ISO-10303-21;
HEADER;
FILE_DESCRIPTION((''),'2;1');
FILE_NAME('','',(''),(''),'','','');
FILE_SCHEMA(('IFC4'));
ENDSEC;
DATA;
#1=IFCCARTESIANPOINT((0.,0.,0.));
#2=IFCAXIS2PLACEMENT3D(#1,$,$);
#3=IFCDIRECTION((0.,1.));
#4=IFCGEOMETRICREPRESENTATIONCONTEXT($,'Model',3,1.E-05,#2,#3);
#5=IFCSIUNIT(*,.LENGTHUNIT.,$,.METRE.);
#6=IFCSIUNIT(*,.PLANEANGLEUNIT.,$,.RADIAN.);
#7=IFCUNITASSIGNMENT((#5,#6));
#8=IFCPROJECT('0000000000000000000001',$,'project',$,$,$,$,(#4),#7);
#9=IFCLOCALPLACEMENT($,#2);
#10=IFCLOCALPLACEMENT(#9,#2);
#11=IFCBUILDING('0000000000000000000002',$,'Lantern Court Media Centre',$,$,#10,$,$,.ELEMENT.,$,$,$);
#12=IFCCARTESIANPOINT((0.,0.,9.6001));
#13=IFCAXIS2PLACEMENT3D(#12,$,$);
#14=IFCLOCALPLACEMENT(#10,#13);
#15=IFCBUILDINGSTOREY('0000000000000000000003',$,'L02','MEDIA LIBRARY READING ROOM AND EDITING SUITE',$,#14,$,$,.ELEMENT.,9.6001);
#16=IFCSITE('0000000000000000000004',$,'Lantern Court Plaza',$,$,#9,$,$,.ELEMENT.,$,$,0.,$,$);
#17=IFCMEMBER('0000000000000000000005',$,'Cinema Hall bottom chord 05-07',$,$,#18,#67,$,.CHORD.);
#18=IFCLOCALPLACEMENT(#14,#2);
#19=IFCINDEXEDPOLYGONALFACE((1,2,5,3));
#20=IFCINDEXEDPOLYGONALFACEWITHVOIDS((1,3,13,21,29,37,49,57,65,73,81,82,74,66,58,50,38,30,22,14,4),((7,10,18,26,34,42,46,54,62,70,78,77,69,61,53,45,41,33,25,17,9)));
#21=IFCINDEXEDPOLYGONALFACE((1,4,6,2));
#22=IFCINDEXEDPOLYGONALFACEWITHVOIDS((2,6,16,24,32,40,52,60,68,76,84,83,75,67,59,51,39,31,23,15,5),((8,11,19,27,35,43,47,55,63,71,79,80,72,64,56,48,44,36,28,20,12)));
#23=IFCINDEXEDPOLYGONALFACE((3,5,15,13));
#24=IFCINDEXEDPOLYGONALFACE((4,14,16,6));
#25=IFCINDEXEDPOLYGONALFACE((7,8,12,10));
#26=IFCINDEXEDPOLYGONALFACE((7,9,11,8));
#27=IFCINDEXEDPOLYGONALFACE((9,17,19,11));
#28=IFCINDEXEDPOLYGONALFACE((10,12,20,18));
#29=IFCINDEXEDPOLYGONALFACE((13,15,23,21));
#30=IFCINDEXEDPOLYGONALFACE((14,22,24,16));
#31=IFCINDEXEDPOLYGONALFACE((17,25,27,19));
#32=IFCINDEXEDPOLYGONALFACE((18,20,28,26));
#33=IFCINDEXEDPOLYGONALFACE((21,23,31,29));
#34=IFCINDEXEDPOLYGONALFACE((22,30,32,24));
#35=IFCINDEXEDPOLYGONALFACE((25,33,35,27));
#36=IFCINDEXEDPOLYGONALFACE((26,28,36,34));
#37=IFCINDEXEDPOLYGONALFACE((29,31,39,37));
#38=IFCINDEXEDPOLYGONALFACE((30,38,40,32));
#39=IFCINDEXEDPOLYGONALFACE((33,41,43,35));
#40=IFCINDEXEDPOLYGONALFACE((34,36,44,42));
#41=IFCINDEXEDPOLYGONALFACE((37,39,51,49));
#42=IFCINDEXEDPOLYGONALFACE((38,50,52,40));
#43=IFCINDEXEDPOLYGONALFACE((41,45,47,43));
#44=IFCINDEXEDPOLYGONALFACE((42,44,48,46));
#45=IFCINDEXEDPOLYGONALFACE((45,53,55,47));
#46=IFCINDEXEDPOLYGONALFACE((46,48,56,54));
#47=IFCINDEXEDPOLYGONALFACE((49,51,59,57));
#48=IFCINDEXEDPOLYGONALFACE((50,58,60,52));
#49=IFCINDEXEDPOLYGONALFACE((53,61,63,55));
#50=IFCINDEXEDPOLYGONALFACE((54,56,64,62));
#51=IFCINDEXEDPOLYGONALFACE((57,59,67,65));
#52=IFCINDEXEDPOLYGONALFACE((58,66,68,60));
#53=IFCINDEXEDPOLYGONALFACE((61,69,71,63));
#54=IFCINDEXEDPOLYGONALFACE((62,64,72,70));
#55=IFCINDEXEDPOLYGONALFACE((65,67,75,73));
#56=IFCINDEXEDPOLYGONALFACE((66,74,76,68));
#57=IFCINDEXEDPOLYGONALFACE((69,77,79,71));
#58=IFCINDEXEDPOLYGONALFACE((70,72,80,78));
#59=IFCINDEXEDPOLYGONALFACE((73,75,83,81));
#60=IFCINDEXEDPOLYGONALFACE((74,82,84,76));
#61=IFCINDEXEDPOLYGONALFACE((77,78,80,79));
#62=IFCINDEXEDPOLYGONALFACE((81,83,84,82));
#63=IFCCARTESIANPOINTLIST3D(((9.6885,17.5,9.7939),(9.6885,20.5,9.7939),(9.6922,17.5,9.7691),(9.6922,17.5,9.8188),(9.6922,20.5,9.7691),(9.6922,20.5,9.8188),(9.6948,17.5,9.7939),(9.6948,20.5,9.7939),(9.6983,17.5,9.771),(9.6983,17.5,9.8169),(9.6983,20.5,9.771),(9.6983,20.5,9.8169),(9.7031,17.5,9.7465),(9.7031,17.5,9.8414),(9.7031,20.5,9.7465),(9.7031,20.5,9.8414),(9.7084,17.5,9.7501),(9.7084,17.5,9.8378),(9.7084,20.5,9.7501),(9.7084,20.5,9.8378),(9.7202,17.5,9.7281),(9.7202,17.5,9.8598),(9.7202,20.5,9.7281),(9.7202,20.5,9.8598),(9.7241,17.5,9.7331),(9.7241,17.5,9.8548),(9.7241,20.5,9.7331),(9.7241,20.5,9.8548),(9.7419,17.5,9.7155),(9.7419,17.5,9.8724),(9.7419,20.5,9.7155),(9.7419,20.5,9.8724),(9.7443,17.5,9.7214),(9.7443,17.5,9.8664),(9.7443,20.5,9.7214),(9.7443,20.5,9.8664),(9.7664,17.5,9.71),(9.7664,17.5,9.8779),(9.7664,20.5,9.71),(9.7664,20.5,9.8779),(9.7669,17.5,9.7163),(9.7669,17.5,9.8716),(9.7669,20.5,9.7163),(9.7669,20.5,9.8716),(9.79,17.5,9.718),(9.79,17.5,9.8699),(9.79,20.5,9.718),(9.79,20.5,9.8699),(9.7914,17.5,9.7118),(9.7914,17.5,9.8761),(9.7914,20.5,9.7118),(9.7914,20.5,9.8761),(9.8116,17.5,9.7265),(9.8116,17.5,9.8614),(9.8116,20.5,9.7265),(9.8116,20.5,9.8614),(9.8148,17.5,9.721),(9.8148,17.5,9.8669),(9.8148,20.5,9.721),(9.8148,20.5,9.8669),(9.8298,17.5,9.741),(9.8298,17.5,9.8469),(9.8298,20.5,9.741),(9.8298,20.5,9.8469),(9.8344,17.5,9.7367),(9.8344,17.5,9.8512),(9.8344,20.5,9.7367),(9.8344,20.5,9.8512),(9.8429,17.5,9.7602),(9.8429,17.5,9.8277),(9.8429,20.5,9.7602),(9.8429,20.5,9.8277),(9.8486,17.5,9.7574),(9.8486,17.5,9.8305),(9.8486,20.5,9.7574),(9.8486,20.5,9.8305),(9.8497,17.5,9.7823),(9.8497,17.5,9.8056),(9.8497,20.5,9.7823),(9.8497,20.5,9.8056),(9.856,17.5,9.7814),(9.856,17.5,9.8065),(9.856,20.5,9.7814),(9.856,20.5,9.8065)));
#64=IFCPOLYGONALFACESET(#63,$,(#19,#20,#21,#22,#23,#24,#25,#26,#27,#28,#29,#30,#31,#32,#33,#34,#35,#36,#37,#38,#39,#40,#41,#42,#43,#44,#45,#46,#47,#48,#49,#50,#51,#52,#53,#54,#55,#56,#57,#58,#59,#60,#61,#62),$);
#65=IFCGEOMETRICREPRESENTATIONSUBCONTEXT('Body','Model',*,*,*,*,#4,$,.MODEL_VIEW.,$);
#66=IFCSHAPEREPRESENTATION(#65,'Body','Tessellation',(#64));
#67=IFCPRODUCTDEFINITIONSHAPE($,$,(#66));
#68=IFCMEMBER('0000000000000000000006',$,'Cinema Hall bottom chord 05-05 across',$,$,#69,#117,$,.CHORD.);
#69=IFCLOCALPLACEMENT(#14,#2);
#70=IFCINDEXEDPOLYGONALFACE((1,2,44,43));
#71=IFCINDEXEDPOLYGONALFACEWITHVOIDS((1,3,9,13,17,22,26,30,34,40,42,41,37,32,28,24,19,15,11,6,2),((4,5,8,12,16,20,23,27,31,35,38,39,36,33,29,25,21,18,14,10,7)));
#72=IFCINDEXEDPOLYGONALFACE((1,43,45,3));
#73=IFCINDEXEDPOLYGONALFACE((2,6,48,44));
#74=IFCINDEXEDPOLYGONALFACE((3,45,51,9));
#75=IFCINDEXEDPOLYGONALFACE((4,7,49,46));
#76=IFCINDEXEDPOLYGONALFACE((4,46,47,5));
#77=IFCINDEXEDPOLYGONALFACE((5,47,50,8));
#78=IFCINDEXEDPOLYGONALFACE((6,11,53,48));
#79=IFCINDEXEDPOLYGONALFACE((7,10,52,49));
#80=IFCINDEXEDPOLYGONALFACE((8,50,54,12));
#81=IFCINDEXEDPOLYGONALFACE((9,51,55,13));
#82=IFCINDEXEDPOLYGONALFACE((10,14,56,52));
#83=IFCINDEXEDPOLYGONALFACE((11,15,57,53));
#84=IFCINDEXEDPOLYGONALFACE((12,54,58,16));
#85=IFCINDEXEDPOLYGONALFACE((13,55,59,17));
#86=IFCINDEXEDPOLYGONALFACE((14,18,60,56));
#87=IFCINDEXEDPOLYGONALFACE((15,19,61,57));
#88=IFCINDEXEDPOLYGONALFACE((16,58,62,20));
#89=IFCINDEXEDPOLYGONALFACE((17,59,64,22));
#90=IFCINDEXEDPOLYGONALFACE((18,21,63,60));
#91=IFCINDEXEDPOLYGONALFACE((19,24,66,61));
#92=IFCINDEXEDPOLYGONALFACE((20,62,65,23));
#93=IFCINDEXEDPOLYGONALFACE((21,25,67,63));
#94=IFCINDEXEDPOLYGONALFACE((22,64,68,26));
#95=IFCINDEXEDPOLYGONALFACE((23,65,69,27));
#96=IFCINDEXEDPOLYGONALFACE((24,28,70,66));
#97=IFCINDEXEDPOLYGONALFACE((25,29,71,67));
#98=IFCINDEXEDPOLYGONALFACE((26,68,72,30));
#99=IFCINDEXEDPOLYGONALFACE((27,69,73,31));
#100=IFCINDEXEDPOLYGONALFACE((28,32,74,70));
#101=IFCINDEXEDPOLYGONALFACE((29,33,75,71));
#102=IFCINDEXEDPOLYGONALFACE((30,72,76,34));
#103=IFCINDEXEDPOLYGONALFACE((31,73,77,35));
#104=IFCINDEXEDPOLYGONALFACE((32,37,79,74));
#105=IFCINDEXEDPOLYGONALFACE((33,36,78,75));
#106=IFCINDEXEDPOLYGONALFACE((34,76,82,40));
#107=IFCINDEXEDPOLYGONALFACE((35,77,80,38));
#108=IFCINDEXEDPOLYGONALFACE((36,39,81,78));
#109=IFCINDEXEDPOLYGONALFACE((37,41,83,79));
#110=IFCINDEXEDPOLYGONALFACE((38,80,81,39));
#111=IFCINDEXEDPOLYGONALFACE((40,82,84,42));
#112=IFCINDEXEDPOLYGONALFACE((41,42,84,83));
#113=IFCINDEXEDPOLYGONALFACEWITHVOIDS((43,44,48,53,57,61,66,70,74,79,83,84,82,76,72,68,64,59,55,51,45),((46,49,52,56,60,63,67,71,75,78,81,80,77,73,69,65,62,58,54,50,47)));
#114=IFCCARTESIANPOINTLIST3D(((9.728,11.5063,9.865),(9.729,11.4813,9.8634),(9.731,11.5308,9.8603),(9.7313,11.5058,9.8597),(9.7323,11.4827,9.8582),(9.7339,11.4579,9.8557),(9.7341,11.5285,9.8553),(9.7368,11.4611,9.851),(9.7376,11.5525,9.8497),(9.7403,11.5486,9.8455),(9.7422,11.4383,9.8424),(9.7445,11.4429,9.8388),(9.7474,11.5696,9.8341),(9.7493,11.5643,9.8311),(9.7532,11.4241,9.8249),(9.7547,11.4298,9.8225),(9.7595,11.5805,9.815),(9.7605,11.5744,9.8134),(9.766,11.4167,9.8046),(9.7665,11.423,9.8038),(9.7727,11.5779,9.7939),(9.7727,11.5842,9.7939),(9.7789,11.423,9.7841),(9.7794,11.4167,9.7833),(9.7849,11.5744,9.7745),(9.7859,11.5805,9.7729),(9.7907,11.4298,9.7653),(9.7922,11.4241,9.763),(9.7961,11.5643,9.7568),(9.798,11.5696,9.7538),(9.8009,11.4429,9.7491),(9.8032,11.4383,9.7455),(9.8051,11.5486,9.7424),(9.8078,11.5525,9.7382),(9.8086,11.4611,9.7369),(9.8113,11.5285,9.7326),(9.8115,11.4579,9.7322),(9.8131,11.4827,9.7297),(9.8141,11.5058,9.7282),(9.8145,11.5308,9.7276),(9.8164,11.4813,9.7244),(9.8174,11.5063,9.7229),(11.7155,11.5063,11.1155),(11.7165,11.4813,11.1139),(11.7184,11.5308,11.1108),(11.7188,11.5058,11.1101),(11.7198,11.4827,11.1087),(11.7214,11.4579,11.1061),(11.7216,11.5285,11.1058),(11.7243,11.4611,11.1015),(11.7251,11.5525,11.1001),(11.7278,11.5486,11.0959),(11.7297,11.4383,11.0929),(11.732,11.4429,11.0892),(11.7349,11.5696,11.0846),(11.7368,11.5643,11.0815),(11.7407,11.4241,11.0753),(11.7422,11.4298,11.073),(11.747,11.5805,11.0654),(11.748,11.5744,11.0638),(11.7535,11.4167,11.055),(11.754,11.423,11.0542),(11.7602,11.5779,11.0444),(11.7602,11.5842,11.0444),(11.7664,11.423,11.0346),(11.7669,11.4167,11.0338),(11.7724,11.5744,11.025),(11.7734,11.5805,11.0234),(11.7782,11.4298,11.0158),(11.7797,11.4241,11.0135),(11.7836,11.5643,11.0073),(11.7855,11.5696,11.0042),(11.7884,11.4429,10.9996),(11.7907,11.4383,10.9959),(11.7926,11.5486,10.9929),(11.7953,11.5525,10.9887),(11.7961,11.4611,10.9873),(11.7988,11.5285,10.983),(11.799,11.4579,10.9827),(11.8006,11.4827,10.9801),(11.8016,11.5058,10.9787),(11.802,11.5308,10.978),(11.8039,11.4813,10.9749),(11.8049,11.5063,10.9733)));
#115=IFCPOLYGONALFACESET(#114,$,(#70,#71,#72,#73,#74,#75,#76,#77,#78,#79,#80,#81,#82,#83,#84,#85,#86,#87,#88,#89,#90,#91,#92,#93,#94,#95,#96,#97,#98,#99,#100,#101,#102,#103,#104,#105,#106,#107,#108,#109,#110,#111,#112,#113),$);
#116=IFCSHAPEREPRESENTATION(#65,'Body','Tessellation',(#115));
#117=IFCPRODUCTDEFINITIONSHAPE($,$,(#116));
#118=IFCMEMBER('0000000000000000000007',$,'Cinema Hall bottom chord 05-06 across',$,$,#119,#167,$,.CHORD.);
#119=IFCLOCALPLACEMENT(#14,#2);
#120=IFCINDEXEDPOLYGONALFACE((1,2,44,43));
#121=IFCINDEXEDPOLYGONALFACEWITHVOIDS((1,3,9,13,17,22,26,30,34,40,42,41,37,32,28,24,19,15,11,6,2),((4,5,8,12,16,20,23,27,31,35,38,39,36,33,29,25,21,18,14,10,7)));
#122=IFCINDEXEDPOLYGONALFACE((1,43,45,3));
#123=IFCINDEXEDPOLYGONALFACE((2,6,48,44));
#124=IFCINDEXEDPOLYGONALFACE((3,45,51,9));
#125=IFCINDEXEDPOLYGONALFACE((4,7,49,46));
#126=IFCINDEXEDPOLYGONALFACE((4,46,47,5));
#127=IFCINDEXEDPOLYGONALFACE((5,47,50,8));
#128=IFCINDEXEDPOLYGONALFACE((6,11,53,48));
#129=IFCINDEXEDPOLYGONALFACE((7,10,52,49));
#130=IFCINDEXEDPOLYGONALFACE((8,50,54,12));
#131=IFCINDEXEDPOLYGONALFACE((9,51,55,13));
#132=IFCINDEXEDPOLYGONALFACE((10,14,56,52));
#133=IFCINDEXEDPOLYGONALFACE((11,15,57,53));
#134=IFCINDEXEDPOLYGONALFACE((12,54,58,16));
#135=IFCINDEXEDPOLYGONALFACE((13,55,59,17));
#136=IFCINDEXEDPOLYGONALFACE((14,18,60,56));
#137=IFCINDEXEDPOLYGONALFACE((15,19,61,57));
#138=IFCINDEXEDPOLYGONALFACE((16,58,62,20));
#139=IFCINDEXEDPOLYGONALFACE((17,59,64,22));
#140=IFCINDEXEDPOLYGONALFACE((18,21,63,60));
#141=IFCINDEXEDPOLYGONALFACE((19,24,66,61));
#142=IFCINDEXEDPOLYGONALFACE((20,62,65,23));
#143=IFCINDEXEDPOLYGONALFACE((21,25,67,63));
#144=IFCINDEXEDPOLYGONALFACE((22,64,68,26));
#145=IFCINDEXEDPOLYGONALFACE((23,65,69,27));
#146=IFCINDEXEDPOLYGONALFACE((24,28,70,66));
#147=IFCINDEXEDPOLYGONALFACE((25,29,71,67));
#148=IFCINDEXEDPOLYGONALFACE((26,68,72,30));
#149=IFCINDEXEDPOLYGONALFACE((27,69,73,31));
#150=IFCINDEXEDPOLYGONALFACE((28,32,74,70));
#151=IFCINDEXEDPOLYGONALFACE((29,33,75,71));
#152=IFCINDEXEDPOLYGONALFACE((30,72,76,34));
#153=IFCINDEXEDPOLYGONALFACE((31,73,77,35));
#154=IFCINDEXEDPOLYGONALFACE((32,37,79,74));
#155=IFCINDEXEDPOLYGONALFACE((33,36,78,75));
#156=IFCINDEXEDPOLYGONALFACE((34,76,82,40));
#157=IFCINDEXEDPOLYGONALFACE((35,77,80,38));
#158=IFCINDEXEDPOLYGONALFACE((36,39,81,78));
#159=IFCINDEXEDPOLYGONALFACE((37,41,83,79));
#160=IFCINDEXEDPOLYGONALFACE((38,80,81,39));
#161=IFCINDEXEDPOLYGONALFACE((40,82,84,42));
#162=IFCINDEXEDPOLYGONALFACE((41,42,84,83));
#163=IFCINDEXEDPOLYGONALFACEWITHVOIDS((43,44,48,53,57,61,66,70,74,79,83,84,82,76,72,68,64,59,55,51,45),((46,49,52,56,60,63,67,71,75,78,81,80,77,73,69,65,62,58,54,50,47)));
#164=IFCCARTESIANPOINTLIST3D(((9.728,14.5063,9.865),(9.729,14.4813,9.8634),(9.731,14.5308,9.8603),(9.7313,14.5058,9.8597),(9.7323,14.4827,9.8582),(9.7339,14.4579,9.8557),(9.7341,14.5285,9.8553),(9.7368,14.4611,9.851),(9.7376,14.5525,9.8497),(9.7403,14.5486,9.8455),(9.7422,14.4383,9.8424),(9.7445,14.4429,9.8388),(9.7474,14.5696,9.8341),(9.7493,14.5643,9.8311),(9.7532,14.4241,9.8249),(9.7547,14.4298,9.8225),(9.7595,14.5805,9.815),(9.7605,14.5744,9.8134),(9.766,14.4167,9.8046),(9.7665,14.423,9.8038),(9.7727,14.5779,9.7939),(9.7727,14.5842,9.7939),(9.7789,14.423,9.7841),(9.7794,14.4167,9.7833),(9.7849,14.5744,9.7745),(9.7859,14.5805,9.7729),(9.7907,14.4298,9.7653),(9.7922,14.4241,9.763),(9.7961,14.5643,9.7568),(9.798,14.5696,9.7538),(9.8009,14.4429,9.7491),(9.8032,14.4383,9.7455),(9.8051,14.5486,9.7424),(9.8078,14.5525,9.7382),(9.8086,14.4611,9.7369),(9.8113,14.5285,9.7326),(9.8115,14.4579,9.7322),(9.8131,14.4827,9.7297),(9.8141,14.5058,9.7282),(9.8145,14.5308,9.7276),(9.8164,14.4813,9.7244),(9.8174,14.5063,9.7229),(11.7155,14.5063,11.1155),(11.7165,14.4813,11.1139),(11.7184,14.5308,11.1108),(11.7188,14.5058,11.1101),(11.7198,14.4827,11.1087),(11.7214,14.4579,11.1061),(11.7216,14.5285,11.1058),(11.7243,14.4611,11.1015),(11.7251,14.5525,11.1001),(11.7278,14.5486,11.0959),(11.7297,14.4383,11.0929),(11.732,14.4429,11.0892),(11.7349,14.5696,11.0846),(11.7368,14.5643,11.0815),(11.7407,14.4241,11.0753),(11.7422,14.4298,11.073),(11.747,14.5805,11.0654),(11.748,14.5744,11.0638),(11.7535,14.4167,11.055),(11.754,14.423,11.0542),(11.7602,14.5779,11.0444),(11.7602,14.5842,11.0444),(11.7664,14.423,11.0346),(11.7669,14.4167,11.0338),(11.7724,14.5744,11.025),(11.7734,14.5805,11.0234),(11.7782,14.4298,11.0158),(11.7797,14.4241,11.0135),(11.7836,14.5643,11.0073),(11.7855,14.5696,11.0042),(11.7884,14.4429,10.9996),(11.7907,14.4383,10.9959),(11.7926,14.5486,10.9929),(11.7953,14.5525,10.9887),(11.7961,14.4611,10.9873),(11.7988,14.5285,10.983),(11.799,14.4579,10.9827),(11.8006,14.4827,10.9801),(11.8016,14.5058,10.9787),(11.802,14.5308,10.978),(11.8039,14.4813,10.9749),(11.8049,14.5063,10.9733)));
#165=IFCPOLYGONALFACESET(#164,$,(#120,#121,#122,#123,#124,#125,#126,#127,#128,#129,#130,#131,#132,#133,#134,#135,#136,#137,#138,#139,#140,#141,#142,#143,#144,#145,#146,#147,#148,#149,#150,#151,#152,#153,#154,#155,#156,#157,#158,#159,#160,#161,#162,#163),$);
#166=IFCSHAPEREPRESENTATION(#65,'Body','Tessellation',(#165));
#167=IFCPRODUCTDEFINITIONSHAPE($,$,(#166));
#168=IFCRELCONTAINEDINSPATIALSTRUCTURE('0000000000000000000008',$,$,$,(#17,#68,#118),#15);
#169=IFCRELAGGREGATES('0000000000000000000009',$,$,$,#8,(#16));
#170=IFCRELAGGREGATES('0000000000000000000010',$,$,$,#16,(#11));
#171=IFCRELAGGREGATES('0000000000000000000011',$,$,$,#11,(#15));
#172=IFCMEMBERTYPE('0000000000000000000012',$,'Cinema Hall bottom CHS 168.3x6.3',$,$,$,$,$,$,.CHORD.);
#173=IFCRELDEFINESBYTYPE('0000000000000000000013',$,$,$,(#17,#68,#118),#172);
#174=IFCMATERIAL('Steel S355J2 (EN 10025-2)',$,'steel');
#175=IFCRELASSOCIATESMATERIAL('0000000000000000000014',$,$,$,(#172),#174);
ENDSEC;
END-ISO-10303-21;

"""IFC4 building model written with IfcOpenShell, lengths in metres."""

from ifc_helpers import new_model, si_unit, direction, frame, origin, origin_2d, place, context, subcontext, project, spatial, hollow_circle, extrude, material, material_profile, profile_set, type_object, element, save


model = new_model("IFC4")

# Units and contexts
model_context = context("Model", 3, precision=1e-05, world=origin(), true_north=direction((0.0, 1.0)))
body_context = subcontext(model_context, "Body", "Model", "MODEL_VIEW")
ifc_project = project(units=[si_unit("LENGTHUNIT", "METRE"), si_unit("PLANEANGLEUNIT", "RADIAN")], contexts=[model_context])

# Site, building, storey
site_placement = place(None, origin())
site = spatial("IfcSite", under=ifc_project, at=site_placement, Name="Lantern Court Plaza", CompositionType="ELEMENT", RefElevation=0.0)
building_placement = place(site_placement, origin())
building = spatial("IfcBuilding", under=site, at=building_placement, Name="Lantern Court Media Centre", CompositionType="ELEMENT")
storey_placement = place(building_placement, frame((0.0, 0.0, 9.6001)))
storey = spatial("IfcBuildingStorey", under=building, at=storey_placement, Name="L02", Description="MEDIA LIBRARY READING ROOM AND EDITING SUITE", CompositionType="ELEMENT", Elevation=9.6001)

# Members
ifc_material = material(Name="Steel S355J2 (EN 10025-2)", Category="steel")
ifc_material_profile_1 = material_profile(ifc_material, hollow_circle(Radius=0.0842, WallThickness=0.0063, at=origin_2d()), Name="Cinema Hall bottom CHS 168.3x6.3")
ifc_profile_set_1 = profile_set([ifc_material_profile_1], Name="Steel S355J2 (EN 10025-2)")
member_type_1 = type_object("IfcMemberType", Name="Cinema Hall bottom CHS 168.3x6.3", PredefinedType="CHORD", material=ifc_profile_set_1)
for number, where, z_axis, x_axis, name in (
    (1, (9.7727, 17.5, 9.7939), (0.0, 1.0, 0.0), (-1.0, 0.0, 0.0), "Cinema Hall bottom chord 05-07"),
):
    element("IfcMember", number, at=place(storey_placement, frame(where, z_axis=z_axis, x_axis=x_axis)), inside=storey, type_object=member_type_1, Name=name, PredefinedType="CHORD", context=body_context, shape_type="SweptSolid", body=[
        extrude(hollow_circle(Radius=0.0842, WallThickness=0.0063, at=origin_2d()), origin(), (0.0, 0.0, 1.0), 3.0),
    ])
for number, where, z_axis, x_axis, name in (
    (2, (9.7727, 11.5, 9.7939), (0.846412, 0.0, 0.532529), (0.0, 1.0, 0.0), "Cinema Hall bottom chord 05-05 across"),
    (3, (9.7727, 14.5, 9.7939), (0.846412, 0.0, 0.532529), (0.0, 1.0, 0.0), "Cinema Hall bottom chord 05-06 across"),
):
    element("IfcMember", number, at=place(storey_placement, frame(where, z_axis=z_axis, x_axis=x_axis)), inside=storey, type_object=member_type_1, Name=name, PredefinedType="CHORD", context=body_context, shape_type="SweptSolid", body=[
        extrude(hollow_circle(Radius=0.0842, WallThickness=0.0063, at=origin_2d()), origin(), (0.0, 0.0, 1.0), 2.3481),
    ])

save(model, "model.ifc")
